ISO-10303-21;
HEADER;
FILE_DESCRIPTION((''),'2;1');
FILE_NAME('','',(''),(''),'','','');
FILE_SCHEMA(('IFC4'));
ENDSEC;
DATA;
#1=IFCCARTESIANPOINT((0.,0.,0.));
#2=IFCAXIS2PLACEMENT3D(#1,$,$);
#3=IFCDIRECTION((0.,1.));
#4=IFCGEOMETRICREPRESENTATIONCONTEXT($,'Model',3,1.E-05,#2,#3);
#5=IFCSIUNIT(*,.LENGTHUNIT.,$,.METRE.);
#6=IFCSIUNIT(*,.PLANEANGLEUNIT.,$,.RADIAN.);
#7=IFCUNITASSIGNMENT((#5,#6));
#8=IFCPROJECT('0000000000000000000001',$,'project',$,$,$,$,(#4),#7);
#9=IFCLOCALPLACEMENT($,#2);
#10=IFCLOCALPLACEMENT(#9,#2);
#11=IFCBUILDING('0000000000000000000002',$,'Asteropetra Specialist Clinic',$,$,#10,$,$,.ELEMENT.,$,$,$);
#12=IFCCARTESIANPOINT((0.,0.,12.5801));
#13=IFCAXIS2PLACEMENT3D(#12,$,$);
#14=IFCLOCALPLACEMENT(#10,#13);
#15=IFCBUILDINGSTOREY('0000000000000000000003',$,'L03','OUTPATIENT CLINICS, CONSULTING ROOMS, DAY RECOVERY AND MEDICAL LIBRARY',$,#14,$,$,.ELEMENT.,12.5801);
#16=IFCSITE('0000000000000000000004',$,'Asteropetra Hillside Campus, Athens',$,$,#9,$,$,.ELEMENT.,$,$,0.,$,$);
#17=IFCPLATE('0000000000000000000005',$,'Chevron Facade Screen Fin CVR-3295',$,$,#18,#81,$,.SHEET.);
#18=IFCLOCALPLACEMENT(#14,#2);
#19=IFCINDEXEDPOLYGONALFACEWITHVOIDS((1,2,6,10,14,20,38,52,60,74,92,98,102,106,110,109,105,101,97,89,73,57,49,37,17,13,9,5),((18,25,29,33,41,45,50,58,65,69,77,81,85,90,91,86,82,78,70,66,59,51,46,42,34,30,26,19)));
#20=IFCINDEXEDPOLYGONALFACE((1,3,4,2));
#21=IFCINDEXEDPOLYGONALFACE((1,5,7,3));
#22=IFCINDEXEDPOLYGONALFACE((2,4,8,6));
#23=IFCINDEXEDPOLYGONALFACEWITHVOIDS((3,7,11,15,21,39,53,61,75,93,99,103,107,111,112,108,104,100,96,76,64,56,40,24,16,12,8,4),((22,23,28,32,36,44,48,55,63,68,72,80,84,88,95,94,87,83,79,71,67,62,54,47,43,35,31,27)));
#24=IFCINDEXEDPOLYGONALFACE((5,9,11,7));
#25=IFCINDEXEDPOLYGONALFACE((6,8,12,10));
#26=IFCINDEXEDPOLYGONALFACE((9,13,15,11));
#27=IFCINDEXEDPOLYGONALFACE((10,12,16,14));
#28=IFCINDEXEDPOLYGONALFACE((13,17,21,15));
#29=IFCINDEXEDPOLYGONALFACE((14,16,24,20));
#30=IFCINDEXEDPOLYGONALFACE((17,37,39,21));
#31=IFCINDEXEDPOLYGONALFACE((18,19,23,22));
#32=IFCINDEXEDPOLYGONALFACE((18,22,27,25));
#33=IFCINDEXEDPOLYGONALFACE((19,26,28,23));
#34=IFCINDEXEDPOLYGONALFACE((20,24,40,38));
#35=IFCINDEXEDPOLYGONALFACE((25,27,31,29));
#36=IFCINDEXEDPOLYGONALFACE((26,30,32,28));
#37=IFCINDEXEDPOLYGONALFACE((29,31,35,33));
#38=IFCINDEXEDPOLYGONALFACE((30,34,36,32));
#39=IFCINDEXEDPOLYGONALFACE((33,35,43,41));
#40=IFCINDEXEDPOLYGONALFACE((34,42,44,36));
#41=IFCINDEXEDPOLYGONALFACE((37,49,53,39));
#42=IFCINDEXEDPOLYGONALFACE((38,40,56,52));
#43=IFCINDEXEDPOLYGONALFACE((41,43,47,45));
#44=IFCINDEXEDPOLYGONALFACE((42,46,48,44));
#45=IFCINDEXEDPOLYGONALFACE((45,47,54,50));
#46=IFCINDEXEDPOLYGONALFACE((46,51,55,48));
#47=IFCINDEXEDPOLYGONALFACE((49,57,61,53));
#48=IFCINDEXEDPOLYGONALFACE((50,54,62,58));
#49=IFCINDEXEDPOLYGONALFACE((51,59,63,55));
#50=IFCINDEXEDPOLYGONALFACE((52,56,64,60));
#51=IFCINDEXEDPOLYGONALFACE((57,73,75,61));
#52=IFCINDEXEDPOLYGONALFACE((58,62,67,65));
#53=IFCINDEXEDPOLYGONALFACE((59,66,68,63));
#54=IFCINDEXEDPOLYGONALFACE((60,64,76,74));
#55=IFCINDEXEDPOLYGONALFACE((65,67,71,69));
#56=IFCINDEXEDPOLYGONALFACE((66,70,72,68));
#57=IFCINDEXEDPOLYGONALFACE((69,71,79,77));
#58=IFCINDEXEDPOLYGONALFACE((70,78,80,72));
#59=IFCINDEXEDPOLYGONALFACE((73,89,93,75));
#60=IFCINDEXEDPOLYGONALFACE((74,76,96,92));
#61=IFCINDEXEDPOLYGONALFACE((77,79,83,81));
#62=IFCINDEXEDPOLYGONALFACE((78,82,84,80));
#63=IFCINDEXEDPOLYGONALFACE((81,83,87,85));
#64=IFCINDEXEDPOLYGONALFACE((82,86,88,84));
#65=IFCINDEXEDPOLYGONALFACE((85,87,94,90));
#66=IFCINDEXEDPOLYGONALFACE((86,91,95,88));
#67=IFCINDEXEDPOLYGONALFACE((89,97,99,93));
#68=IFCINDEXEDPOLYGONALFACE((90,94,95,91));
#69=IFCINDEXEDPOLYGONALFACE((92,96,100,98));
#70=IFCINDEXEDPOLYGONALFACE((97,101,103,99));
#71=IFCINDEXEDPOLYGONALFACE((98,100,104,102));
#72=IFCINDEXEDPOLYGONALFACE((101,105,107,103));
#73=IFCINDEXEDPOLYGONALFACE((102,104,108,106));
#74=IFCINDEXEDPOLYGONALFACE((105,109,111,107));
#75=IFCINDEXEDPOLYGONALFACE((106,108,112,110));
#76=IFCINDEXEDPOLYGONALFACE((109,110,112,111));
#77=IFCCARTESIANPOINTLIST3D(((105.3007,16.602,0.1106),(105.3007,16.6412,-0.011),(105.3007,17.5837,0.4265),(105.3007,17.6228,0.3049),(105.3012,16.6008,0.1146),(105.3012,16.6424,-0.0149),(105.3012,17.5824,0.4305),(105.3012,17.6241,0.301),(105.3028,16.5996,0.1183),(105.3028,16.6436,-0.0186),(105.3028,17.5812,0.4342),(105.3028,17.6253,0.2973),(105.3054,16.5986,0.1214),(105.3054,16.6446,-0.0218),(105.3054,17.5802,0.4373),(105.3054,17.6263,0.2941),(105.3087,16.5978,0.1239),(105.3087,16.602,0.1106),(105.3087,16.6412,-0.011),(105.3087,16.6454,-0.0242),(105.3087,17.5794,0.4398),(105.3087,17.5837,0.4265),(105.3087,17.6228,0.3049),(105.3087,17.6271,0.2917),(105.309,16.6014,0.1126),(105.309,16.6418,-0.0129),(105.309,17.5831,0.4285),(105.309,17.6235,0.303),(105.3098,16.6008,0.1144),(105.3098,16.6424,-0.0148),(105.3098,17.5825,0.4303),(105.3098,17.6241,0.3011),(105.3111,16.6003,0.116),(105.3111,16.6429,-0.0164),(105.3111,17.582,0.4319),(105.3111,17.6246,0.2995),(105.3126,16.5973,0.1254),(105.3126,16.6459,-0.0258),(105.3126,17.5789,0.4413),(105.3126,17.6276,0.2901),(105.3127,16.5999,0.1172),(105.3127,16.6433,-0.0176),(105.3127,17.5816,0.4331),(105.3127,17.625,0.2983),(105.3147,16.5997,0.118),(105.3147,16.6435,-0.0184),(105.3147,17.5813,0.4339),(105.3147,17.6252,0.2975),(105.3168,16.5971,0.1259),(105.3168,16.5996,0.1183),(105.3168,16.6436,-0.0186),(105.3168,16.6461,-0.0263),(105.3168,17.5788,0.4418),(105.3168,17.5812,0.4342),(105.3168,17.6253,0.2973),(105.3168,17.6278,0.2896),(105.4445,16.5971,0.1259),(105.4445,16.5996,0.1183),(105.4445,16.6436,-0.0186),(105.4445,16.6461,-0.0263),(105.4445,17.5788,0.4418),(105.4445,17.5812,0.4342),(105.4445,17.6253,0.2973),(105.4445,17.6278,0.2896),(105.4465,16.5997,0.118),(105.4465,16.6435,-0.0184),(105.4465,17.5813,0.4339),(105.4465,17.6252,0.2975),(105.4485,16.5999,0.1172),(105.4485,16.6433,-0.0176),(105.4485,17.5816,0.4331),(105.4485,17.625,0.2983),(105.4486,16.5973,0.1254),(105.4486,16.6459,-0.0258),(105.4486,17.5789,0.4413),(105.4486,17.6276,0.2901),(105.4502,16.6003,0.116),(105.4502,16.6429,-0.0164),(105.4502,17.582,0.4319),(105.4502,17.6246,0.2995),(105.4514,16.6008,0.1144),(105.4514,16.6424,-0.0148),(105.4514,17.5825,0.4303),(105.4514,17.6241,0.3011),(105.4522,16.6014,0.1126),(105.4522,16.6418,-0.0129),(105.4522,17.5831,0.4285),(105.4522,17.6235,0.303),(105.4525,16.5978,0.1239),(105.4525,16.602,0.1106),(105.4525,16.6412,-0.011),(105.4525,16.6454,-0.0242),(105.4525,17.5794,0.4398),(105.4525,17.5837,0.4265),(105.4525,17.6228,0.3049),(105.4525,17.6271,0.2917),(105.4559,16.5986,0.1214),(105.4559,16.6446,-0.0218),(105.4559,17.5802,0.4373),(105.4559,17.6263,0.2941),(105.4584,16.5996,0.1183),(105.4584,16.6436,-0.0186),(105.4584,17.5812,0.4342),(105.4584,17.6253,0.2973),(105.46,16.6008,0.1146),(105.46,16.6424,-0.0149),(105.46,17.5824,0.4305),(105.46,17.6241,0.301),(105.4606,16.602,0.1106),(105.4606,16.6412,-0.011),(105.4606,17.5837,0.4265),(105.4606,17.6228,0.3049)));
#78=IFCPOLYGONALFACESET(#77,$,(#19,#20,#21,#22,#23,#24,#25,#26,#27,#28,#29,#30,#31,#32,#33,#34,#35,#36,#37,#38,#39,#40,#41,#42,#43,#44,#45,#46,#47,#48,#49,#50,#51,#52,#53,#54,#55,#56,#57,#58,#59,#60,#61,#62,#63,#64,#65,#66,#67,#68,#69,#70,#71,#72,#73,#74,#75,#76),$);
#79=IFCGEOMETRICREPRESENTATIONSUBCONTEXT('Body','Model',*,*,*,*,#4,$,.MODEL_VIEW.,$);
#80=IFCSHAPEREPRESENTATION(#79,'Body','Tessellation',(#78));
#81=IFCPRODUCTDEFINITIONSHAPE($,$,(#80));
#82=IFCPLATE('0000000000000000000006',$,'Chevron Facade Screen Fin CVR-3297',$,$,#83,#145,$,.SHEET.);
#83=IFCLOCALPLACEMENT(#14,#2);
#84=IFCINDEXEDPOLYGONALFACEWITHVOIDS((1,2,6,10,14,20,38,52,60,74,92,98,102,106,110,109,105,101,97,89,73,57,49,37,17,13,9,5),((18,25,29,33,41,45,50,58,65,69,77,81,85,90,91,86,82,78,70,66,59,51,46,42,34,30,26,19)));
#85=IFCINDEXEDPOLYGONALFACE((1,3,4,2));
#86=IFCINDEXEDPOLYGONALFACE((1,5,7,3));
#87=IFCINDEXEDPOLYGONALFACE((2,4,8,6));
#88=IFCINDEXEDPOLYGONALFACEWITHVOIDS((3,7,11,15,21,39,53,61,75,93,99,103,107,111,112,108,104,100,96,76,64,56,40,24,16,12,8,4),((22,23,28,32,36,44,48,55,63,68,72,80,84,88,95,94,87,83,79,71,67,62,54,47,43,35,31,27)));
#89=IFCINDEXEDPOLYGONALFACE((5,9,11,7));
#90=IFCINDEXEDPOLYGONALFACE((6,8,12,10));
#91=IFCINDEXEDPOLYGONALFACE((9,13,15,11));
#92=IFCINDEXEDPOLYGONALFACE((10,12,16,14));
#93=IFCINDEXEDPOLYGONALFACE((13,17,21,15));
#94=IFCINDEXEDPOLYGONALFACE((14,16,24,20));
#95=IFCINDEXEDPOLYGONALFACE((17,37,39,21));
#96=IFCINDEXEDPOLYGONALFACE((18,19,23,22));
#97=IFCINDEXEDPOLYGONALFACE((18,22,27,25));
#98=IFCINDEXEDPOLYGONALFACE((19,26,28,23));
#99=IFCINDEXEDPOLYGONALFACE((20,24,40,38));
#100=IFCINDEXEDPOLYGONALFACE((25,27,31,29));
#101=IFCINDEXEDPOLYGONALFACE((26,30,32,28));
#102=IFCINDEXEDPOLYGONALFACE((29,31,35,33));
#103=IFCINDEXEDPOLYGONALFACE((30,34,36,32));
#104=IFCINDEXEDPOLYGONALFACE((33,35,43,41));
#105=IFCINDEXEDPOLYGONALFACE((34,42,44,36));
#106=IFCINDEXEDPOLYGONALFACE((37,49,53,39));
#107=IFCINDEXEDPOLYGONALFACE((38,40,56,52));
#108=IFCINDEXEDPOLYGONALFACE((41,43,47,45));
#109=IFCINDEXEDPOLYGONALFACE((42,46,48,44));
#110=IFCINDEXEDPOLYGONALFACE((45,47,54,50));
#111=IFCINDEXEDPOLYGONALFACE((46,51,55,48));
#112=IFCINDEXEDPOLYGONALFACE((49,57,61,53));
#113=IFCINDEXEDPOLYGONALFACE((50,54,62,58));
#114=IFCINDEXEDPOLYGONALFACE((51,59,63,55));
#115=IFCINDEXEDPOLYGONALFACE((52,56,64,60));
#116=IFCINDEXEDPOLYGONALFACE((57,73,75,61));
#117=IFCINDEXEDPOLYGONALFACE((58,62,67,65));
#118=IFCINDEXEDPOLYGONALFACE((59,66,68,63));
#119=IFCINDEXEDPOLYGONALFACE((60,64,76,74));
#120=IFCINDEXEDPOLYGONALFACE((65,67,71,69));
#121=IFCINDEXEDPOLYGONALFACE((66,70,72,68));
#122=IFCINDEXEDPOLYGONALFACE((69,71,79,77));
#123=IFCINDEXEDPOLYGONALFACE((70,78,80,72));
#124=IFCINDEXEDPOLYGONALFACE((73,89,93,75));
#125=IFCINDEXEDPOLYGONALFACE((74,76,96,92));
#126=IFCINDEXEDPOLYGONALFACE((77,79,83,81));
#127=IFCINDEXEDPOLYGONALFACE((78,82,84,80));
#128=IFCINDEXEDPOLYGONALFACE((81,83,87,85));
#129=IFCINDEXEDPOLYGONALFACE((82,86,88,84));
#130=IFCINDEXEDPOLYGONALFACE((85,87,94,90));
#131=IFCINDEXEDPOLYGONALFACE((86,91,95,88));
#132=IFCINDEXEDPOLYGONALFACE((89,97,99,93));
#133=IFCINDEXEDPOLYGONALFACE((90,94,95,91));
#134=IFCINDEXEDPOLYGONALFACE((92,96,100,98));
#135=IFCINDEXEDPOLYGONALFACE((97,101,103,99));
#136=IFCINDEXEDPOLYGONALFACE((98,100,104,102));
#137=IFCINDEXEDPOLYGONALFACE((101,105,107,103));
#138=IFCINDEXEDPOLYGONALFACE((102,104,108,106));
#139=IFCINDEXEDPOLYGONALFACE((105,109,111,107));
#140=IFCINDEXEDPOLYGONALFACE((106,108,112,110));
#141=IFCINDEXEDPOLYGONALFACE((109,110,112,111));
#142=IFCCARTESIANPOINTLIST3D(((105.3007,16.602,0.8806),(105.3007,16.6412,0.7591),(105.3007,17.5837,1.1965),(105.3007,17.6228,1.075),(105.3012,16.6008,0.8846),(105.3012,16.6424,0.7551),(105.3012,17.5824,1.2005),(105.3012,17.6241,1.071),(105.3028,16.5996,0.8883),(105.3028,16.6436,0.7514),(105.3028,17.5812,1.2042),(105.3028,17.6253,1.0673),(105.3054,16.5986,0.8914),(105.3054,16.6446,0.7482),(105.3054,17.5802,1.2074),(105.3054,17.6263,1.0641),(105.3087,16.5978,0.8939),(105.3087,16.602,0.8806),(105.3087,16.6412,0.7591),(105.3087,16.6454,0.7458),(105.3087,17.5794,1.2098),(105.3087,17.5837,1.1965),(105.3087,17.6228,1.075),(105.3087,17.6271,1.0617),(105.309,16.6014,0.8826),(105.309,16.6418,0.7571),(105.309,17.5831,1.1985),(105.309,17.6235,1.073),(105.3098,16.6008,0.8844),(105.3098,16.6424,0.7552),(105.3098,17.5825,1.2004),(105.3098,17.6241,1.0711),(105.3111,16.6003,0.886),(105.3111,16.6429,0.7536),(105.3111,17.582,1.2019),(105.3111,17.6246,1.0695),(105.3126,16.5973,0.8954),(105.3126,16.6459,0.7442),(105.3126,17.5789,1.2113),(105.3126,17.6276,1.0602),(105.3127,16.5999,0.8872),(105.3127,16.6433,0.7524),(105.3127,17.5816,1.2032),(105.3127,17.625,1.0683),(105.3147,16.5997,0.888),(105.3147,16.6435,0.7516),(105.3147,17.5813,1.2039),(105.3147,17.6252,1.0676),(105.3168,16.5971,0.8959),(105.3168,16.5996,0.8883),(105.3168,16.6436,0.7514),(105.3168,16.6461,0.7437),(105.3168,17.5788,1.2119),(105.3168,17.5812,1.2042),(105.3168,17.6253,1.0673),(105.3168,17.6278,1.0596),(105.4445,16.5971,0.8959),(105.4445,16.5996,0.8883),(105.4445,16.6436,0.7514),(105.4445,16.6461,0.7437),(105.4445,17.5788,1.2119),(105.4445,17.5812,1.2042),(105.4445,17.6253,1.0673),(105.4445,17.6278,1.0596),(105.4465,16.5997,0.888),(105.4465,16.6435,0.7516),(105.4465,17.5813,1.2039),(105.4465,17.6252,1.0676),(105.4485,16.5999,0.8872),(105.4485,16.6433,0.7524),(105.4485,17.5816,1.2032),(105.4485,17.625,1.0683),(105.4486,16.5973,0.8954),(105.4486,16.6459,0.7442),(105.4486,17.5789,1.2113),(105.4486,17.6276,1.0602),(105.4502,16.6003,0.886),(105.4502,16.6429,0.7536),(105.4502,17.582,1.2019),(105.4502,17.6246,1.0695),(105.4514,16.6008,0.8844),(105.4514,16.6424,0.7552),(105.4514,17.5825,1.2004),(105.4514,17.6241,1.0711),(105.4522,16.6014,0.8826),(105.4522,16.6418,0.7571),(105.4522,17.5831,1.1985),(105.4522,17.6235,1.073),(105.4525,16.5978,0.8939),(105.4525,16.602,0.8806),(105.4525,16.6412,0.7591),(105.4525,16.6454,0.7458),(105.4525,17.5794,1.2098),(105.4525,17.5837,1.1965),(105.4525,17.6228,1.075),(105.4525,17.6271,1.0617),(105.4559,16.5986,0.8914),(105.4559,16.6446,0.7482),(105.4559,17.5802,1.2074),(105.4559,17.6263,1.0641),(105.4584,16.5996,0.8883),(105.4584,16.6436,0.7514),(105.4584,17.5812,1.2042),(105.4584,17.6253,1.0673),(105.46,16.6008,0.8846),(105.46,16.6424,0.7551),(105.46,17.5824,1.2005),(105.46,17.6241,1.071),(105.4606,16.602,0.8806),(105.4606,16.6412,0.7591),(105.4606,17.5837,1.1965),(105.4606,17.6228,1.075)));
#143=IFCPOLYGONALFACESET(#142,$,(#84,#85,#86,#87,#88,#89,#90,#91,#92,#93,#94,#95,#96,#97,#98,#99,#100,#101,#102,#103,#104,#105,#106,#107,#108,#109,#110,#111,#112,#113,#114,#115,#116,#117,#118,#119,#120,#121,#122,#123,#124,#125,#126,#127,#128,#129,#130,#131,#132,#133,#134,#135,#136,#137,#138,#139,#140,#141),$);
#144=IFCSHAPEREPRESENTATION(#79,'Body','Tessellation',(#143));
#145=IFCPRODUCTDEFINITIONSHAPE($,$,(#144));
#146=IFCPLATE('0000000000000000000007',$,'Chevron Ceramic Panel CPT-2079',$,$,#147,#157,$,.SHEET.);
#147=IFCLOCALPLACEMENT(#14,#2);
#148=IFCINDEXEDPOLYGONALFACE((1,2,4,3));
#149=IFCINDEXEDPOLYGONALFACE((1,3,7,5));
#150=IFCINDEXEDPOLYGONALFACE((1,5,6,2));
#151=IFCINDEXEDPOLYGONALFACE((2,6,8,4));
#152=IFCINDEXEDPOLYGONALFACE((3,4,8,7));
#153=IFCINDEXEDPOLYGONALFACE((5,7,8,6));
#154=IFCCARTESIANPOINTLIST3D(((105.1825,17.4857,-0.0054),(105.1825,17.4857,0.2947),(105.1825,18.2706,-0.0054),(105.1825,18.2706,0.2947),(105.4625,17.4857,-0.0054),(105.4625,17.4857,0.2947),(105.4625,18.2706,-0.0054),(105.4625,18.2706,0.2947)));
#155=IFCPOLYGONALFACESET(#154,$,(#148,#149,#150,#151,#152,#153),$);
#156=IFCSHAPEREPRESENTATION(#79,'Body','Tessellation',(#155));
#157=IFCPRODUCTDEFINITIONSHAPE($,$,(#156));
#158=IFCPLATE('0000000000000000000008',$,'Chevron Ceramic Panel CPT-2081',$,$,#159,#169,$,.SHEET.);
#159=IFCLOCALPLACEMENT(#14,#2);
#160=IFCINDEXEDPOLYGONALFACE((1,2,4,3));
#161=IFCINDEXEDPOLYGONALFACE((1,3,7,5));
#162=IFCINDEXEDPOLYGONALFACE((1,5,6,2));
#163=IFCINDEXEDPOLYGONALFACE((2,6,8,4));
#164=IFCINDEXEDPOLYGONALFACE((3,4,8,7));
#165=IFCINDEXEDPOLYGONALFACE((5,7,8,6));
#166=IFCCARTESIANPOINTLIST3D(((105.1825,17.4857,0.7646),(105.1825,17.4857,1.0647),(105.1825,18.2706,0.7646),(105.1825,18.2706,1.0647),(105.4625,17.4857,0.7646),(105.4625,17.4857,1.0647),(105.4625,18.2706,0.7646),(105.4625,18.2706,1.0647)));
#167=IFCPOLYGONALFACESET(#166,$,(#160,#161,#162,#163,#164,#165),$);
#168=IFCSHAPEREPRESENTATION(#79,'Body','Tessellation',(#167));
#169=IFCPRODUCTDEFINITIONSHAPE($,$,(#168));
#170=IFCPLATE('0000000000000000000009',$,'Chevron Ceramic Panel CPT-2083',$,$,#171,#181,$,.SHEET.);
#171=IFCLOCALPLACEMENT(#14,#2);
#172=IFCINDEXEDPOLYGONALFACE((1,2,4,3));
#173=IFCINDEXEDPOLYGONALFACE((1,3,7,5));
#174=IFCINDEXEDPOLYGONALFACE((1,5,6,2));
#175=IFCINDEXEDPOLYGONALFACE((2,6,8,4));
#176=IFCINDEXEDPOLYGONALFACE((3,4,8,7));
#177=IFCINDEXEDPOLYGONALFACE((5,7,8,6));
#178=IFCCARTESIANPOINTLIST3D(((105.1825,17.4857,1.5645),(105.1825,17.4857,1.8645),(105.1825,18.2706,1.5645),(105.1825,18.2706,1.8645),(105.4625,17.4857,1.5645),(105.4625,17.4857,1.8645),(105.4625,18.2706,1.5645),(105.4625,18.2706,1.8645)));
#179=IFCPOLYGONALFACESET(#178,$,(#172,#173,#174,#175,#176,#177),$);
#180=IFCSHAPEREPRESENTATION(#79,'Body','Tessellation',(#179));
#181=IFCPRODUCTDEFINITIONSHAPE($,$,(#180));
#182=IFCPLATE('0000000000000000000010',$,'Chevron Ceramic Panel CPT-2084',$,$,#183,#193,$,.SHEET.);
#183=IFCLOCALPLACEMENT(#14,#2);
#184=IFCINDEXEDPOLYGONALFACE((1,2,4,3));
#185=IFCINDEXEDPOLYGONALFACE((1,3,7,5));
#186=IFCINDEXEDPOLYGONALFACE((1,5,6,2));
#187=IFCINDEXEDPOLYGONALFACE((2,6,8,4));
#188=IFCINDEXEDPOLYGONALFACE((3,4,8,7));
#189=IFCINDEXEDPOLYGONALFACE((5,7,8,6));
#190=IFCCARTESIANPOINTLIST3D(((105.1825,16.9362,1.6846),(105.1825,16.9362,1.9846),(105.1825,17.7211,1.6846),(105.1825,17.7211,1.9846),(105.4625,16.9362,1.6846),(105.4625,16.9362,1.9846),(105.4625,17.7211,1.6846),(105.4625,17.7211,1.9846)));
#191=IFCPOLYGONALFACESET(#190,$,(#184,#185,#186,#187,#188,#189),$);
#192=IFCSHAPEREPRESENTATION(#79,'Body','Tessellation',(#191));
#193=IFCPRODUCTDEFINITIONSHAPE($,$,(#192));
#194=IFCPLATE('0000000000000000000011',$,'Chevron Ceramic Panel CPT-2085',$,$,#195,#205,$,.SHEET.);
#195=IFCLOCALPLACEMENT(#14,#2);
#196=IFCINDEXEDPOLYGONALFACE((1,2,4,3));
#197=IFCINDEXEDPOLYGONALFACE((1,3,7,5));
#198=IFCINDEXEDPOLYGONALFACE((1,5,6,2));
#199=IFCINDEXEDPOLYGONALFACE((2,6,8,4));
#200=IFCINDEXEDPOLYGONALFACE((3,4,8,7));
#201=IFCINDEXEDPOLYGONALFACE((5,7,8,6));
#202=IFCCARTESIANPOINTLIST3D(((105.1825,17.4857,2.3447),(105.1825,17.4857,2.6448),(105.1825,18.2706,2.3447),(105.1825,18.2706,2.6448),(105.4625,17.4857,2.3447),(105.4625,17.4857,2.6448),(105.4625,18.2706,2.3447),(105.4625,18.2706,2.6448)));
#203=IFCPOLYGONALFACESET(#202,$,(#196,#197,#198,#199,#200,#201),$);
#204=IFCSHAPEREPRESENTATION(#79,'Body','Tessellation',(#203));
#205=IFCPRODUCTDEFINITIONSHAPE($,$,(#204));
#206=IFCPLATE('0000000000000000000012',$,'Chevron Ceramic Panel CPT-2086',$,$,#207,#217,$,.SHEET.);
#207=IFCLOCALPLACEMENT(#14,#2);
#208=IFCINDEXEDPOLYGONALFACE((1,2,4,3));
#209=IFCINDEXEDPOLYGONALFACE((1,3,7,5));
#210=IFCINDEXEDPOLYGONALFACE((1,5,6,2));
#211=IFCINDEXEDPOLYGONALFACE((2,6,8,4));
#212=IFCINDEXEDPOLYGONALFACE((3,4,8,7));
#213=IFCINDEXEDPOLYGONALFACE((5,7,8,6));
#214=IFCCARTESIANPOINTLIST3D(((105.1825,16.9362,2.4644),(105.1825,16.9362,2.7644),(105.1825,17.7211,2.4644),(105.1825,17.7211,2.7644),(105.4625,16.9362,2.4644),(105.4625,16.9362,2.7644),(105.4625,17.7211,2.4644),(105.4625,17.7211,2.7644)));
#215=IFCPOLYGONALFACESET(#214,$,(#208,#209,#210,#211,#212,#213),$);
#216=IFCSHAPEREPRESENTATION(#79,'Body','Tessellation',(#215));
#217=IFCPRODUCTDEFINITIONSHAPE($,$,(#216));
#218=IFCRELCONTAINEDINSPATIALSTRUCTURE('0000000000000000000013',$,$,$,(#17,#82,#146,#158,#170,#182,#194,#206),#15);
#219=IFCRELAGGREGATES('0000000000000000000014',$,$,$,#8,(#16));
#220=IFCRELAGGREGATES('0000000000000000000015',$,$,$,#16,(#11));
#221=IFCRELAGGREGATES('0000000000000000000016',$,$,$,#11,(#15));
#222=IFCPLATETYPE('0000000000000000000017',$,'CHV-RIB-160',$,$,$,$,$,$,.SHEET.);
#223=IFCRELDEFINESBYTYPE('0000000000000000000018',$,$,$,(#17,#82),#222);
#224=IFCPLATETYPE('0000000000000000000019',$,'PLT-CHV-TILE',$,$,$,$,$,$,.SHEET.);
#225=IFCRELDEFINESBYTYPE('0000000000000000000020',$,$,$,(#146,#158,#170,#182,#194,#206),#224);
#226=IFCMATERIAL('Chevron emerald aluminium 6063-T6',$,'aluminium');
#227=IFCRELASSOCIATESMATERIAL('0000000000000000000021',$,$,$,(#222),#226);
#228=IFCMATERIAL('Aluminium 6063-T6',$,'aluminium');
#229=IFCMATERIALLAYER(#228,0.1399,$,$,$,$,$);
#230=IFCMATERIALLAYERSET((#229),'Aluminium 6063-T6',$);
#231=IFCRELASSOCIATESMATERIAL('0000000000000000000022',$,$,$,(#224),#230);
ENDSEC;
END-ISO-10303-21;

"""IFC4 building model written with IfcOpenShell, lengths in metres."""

from ifc_helpers import new_model, si_unit, direction, frame, origin, origin_2d, place, context, subcontext, project, spatial, rectangle, hollow_rectangle, extrude, material, layer, layer_set, material_profile, profile_set, type_object, element, save


model = new_model("IFC4")

# Units and contexts
model_context = context("Model", 3, precision=1e-05, world=origin(), true_north=direction((0.0, 1.0)))
body_context = subcontext(model_context, "Body", "Model", "MODEL_VIEW")
ifc_project = project(units=[si_unit("LENGTHUNIT", "METRE"), si_unit("PLANEANGLEUNIT", "RADIAN")], contexts=[model_context])

# Site, building, storey
site_placement = place(None, origin())
site = spatial("IfcSite", under=ifc_project, at=site_placement, Name="Asteropetra Hillside Campus, Athens", CompositionType="ELEMENT", RefElevation=0.0)
building_placement = place(site_placement, origin())
building = spatial("IfcBuilding", under=site, at=building_placement, Name="Asteropetra Specialist Clinic", CompositionType="ELEMENT")
storey_placement = place(building_placement, frame((0.0, 0.0, 12.5801)))
storey = spatial("IfcBuildingStorey", under=building, at=storey_placement, Name="L03", Description="OUTPATIENT CLINICS, CONSULTING ROOMS, DAY RECOVERY AND MEDICAL LIBRARY", CompositionType="ELEMENT", Elevation=12.5801)

# Plates
ifc_material_1 = material(Name="Chevron emerald aluminium 6063-T6", Category="aluminium")
ifc_material_profile = material_profile(ifc_material_1, hollow_rectangle(XDim=0.1599, YDim=0.1599, WallThickness=0.0081, InnerFilletRadius=0.0081, OuterFilletRadius=0.0161, at=origin_2d()), Name="SHS 160x160x8.0")
ifc_profile_set = profile_set([ifc_material_profile], Name="Chevron emerald aluminium 6063-T6")
plate_type_1 = type_object("IfcPlateType", Name="CHV-RIB-160", PredefinedType="SHEET", material=ifc_profile_set)
for number, where, z_axis, x_axis, name in (
    (1, (105.3806, 17.6033, 0.3657), (0.0, -0.951923, -0.306339), (1.0, 0.0, 0.0), "Chevron Facade Screen Fin CVR-3295"),
    (2, (105.3806, 17.6033, 1.1357), (0.0, -0.951923, -0.306339), (1.0, 0.0, 0.0), "Chevron Facade Screen Fin CVR-3297"),
):
    element("IfcPlate", number, at=place(storey_placement, frame(where, z_axis=z_axis, x_axis=x_axis)), inside=storey, type_object=plate_type_1, Name=name, PredefinedType="SHEET", context=body_context, shape_type="SweptSolid", body=[
        extrude(hollow_rectangle(XDim=0.1599, YDim=0.1599, WallThickness=0.0081, InnerFilletRadius=0.0081, OuterFilletRadius=0.0161, at=origin_2d()), origin(), (0.0, 0.0, 1.0), 1.0312),
    ])
ifc_material_2 = material(Name="Aluminium 6063-T6", Category="aluminium")
ifc_layer = layer(ifc_material_2, 0.1399)
ifc_layer_set = layer_set([ifc_layer], Name="Aluminium 6063-T6")
plate_type_2 = type_object("IfcPlateType", Name="PLT-CHV-TILE", PredefinedType="SHEET", material=ifc_layer_set)
for number, where, z_axis, x_axis, name in (
    (3, (105.3225, 17.8782, -0.0054), (0.0, 0.0, 1.0), (1.0, 0.0, 0.0), "Chevron Ceramic Panel CPT-2079"),
    (4, (105.3225, 17.8782, 0.7646), (0.0, 0.0, 1.0), (1.0, 0.0, 0.0), "Chevron Ceramic Panel CPT-2081"),
    (5, (105.3225, 17.8782, 1.5645), (0.0, 0.0, 1.0), (1.0, 0.0, 0.0), "Chevron Ceramic Panel CPT-2083"),
    (6, (105.3225, 17.3286, 1.6846), (0.0, 0.0, 1.0), (1.0, 0.0, 0.0), "Chevron Ceramic Panel CPT-2084"),
    (7, (105.3225, 17.8782, 2.3447), (0.0, 0.0, 1.0), (1.0, 0.0, 0.0), "Chevron Ceramic Panel CPT-2085"),
    (8, (105.3225, 17.3286, 2.4644), (0.0, 0.0, 1.0), (1.0, 0.0, 0.0), "Chevron Ceramic Panel CPT-2086"),
):
    element("IfcPlate", number, at=place(storey_placement, frame(where, z_axis=z_axis, x_axis=x_axis)), inside=storey, type_object=plate_type_2, Name=name, PredefinedType="SHEET", context=body_context, shape_type="SweptSolid", body=[
        extrude(rectangle(XDim=0.28, YDim=0.7849, at=origin_2d()), origin(), (0.0, 0.0, 1.0), 0.3),
    ])

save(model, "model.ifc")
